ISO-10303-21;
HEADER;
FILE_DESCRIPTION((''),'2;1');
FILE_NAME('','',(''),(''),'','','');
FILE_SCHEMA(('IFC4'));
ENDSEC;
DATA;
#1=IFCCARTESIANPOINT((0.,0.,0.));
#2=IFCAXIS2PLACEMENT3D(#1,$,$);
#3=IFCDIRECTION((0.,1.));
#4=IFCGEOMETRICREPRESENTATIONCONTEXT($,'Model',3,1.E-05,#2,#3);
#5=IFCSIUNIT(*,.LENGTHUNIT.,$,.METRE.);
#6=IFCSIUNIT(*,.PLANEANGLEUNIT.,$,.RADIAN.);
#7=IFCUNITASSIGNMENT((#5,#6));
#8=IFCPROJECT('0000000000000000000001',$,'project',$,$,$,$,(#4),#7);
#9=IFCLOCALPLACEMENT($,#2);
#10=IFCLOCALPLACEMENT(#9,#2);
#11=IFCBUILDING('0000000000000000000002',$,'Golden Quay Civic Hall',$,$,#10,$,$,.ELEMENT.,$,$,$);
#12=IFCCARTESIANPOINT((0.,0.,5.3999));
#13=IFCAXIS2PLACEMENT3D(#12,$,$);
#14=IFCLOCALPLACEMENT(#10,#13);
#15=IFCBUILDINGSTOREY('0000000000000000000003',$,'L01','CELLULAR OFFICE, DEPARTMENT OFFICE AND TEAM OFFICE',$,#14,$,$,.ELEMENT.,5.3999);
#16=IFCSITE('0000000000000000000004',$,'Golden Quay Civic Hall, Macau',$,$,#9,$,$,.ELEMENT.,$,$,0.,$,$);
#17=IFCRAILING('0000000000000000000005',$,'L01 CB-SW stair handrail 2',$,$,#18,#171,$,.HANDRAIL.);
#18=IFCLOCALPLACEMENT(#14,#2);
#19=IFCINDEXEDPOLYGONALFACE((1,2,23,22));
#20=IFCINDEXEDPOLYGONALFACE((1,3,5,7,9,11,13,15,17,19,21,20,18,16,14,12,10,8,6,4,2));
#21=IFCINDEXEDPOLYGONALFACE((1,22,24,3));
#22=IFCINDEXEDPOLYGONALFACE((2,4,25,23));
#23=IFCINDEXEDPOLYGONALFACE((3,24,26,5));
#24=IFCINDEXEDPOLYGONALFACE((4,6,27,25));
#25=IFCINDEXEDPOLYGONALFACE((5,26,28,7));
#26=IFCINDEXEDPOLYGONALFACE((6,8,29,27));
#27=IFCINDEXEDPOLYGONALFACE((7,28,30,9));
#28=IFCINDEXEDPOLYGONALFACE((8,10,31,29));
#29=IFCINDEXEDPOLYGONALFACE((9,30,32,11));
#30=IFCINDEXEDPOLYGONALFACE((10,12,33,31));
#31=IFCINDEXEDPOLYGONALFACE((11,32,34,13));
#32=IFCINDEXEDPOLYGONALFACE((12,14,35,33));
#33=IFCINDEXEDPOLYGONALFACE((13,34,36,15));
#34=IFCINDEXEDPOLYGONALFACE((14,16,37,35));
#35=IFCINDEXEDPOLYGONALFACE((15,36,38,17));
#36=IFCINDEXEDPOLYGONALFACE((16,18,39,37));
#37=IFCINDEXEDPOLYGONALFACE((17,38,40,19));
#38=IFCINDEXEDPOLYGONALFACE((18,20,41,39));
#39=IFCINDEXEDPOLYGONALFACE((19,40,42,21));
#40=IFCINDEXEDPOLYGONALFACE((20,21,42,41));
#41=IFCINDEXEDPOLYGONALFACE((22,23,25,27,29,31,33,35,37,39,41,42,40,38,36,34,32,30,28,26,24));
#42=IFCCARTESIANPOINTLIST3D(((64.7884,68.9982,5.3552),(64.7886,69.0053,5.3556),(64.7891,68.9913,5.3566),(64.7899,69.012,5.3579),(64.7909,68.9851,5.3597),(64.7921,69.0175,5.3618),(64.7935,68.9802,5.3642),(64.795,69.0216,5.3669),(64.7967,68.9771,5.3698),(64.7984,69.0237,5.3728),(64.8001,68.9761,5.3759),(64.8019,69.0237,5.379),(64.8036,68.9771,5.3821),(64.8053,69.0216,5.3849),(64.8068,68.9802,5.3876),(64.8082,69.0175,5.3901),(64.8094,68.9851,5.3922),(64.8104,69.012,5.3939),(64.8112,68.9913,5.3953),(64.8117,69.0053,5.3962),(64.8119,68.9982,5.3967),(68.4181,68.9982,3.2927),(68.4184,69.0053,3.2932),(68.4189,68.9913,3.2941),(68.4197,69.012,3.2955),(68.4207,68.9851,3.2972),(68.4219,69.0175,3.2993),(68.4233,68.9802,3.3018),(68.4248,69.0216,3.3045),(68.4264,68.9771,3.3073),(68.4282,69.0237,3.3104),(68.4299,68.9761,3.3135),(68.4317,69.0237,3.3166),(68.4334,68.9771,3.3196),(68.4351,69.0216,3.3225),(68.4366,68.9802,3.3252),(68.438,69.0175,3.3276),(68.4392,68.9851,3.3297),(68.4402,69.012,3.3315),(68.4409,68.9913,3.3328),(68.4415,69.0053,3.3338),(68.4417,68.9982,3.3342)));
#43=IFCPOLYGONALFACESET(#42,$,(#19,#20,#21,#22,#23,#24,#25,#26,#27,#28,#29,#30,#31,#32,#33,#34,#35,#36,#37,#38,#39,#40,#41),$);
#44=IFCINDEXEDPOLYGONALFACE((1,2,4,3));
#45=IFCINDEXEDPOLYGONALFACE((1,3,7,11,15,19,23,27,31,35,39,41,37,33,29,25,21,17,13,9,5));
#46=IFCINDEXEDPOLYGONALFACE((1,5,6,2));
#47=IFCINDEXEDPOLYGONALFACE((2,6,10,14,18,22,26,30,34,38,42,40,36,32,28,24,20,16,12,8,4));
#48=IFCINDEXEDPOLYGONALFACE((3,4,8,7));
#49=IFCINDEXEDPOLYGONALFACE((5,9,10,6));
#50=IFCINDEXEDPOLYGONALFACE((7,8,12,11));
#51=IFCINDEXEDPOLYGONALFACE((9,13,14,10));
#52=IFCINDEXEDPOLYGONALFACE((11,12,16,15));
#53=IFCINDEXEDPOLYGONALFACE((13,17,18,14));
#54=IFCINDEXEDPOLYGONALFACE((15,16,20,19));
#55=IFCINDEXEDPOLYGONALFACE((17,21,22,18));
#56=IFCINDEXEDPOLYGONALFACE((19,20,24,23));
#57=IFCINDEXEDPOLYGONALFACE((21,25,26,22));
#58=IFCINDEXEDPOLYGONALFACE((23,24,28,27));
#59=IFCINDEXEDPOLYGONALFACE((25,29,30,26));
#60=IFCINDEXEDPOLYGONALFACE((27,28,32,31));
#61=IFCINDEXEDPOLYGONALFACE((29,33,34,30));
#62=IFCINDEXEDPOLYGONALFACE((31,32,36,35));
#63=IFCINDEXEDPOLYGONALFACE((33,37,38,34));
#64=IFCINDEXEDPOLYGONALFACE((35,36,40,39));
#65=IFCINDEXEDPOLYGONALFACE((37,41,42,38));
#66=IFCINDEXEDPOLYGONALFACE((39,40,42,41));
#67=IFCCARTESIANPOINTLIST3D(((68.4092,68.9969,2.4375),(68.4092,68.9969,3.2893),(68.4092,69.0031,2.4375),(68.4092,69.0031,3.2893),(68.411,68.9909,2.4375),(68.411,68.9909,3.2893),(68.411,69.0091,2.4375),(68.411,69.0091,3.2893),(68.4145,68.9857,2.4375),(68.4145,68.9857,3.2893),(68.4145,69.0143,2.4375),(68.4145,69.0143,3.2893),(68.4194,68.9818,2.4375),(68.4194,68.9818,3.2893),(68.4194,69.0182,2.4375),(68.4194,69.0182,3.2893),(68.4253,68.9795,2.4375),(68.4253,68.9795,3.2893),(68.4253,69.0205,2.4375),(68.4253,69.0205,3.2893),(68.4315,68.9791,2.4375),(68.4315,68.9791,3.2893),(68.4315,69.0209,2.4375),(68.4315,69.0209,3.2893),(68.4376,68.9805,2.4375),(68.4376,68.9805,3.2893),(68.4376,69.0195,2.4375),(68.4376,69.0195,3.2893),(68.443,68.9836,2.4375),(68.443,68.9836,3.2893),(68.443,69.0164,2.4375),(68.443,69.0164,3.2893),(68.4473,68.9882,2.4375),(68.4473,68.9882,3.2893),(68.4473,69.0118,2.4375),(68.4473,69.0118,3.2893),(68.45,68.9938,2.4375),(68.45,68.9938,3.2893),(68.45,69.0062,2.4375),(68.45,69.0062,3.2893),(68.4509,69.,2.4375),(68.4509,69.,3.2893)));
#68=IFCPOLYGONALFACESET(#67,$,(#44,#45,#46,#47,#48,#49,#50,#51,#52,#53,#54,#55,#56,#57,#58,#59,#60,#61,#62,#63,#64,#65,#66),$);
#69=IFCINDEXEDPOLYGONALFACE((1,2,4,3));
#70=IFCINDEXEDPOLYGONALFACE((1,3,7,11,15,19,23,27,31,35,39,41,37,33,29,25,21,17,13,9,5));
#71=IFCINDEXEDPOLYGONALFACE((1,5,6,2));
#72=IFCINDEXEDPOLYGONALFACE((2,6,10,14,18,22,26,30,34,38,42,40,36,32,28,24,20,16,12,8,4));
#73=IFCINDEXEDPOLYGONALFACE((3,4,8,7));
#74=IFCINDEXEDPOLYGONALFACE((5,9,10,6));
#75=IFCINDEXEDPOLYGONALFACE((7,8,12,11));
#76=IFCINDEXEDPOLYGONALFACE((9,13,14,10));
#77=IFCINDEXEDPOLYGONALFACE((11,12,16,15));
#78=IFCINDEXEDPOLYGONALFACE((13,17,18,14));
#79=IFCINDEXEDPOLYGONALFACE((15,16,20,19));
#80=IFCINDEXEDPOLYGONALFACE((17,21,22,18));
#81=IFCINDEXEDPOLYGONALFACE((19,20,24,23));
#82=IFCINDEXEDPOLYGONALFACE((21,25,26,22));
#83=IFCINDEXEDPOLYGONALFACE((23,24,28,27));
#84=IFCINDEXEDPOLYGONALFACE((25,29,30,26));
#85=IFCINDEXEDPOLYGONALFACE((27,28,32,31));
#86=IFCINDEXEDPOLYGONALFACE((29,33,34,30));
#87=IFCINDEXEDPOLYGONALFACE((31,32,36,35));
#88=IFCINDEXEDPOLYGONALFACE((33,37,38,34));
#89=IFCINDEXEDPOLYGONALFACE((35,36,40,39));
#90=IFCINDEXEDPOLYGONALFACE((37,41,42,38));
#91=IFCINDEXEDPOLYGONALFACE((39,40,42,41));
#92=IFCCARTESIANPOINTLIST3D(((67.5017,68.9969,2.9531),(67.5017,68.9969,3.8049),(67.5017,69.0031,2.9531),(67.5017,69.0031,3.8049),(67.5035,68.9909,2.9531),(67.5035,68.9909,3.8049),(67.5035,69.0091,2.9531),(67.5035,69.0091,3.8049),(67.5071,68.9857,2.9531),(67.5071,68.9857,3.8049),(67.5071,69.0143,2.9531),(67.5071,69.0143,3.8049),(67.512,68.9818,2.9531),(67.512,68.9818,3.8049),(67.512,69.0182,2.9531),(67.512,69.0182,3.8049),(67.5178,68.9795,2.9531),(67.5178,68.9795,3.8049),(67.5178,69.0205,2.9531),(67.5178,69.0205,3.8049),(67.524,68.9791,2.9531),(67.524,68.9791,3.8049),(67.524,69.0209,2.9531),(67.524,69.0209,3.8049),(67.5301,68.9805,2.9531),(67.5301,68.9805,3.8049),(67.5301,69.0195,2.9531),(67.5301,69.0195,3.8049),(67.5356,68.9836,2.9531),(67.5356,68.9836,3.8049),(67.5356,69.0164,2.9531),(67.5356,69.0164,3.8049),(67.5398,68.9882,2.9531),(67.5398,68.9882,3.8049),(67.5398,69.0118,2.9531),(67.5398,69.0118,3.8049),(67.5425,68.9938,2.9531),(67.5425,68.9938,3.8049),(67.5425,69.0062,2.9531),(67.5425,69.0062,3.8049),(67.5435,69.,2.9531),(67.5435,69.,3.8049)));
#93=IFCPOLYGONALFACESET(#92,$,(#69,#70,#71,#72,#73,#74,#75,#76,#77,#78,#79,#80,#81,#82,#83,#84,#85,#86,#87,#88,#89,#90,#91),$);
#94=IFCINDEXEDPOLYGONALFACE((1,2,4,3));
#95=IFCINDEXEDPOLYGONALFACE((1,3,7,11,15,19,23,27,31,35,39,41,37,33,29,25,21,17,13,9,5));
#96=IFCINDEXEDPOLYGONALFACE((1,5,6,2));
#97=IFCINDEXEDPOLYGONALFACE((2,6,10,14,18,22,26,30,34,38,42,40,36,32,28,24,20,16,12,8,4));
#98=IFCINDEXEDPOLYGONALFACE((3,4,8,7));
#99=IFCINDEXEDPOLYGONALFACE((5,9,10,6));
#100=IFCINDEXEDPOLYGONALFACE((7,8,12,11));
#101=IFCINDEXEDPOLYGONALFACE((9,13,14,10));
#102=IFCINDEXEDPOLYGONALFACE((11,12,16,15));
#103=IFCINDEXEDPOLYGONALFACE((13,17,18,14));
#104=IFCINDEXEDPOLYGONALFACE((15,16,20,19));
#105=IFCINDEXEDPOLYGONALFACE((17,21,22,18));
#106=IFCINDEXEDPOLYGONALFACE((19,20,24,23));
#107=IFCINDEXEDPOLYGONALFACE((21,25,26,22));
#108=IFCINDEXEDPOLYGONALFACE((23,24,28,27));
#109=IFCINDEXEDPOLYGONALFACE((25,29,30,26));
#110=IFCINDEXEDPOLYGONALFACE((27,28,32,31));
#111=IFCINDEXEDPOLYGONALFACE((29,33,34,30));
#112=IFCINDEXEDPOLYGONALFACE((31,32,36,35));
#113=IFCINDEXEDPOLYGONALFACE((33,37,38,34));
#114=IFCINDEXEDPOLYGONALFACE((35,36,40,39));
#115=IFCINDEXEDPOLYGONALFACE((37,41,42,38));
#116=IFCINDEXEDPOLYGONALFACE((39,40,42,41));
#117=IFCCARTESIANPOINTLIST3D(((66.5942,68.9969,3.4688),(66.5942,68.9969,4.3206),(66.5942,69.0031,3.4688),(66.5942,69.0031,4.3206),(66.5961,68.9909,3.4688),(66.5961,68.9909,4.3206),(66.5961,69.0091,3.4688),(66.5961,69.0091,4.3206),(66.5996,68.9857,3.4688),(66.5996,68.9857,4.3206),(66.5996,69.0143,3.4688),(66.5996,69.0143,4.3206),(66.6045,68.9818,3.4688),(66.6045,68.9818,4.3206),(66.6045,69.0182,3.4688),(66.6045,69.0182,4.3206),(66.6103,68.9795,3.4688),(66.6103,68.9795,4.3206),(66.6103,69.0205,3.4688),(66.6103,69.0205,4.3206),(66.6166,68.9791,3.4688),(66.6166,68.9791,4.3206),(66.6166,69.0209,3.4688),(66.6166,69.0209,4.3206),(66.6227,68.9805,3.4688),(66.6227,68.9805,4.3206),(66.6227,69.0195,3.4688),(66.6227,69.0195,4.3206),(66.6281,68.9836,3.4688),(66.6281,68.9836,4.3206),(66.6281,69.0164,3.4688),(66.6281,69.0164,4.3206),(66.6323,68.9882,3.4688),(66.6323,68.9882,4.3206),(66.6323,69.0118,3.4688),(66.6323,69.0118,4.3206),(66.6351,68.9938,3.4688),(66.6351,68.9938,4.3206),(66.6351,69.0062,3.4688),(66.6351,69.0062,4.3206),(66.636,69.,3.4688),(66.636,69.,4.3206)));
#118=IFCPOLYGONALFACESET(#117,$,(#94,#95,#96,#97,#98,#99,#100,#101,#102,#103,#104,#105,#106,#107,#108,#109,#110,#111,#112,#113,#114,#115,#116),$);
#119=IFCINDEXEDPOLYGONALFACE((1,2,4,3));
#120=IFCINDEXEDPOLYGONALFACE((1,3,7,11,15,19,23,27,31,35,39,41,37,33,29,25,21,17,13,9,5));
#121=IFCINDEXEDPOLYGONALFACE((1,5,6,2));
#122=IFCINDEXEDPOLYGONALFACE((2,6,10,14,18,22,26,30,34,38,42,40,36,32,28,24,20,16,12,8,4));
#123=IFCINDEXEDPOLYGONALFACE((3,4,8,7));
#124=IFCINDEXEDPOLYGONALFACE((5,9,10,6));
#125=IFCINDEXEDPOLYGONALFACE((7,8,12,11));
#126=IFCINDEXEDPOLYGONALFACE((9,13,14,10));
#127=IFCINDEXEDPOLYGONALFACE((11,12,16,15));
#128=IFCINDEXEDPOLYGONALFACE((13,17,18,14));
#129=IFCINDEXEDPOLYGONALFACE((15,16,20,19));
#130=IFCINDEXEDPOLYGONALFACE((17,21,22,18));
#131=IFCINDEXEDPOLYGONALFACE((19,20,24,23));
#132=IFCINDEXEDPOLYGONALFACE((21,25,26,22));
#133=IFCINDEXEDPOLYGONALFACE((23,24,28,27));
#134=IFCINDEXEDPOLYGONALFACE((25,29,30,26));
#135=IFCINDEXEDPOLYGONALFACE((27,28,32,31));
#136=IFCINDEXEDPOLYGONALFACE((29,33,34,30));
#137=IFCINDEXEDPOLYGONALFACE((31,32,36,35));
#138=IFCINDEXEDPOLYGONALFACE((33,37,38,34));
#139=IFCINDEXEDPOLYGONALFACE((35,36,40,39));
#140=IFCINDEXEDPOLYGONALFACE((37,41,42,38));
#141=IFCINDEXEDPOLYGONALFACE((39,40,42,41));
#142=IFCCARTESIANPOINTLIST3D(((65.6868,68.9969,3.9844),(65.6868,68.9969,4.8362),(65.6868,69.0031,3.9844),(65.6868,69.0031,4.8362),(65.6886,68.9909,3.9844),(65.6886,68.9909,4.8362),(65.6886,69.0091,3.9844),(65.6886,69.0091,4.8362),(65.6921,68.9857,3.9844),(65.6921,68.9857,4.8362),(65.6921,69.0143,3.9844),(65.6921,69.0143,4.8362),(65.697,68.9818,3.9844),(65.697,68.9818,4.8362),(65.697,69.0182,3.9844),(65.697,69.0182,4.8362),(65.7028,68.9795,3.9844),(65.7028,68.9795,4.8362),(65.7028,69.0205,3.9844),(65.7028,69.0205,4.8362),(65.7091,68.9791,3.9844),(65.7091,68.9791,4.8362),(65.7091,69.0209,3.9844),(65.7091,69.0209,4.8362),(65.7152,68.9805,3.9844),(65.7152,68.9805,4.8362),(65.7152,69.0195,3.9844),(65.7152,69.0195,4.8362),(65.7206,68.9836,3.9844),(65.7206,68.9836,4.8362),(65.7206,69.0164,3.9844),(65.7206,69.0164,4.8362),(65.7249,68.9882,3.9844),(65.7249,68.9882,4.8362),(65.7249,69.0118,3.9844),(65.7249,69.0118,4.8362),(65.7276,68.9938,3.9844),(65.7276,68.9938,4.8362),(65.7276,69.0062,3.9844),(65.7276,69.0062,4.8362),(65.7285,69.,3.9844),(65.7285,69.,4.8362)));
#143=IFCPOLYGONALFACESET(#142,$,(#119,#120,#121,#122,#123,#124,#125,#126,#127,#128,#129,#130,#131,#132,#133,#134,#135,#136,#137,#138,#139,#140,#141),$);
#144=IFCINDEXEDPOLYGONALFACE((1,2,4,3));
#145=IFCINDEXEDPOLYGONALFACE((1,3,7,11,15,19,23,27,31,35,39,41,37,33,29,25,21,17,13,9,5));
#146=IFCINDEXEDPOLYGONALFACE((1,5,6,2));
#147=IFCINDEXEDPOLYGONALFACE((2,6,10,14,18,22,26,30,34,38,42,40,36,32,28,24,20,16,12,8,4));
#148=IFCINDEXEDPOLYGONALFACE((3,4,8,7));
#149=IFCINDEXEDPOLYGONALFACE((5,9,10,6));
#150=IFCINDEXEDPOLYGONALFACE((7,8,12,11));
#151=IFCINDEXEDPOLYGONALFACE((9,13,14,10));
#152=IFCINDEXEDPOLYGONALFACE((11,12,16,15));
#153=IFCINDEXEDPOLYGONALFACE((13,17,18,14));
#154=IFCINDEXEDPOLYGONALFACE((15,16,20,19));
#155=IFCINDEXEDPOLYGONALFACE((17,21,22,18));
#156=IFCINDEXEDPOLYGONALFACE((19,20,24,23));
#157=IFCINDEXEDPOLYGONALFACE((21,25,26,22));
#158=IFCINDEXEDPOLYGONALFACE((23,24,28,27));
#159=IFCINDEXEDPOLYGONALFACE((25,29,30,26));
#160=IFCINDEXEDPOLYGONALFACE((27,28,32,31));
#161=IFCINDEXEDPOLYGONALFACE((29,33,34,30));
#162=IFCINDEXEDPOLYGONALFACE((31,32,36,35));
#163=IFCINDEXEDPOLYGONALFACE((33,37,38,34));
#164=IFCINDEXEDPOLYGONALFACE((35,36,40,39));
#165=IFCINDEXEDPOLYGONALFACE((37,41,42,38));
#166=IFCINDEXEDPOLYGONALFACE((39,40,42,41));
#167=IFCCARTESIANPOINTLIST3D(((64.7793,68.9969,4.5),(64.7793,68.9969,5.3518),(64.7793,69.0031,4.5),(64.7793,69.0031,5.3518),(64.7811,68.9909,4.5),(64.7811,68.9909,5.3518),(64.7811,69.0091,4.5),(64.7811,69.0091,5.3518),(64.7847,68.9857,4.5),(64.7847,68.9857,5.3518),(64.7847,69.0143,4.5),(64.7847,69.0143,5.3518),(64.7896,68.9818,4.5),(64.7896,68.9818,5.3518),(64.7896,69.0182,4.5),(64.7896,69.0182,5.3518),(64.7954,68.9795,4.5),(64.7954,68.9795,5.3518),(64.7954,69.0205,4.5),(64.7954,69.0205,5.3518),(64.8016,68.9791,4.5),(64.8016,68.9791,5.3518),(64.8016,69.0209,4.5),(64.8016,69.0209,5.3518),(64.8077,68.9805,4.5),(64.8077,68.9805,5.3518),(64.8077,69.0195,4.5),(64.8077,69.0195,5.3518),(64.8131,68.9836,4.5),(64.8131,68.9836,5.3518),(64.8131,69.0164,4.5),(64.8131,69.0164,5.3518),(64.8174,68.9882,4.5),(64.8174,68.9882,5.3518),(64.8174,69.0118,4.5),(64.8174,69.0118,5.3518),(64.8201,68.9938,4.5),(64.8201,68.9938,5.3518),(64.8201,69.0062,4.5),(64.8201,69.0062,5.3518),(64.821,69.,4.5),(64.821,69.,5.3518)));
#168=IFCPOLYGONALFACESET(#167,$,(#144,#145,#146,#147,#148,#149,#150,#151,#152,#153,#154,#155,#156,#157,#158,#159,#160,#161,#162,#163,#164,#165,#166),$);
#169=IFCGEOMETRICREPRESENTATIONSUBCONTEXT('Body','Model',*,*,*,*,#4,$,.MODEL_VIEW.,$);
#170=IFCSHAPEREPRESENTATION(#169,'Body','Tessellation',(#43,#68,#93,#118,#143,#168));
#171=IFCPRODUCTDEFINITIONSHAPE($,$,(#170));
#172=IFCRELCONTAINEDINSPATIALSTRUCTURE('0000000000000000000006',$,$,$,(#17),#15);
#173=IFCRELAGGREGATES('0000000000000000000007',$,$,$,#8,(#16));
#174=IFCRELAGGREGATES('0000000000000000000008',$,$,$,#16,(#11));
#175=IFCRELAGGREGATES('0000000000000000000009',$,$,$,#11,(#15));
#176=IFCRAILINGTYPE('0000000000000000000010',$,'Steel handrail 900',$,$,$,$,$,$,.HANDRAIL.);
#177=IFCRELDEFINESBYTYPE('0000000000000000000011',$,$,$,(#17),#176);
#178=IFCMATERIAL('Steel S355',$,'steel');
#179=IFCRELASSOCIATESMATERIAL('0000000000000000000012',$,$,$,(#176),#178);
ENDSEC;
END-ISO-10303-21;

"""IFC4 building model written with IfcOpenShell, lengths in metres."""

from ifc_helpers import new_model, si_unit, direction, frame, origin, origin_2d, place, context, subcontext, project, spatial, circle, extrude, material, type_object, element, save


model = new_model("IFC4")

# Units and contexts
model_context = context("Model", 3, precision=1e-05, world=origin(), true_north=direction((0.0, 1.0)))
body_context = subcontext(model_context, "Body", "Model", "MODEL_VIEW")
ifc_project = project(units=[si_unit("LENGTHUNIT", "METRE"), si_unit("PLANEANGLEUNIT", "RADIAN")], contexts=[model_context])

# Site, building, storey
site_placement = place(None, origin())
site = spatial("IfcSite", under=ifc_project, at=site_placement, Name="Golden Quay Civic Hall, Macau", CompositionType="ELEMENT", RefElevation=0.0)
building_placement = place(site_placement, origin())
building = spatial("IfcBuilding", under=site, at=building_placement, Name="Golden Quay Civic Hall", CompositionType="ELEMENT")
storey_placement = place(building_placement, frame((0.0, 0.0, 5.3999)))
storey = spatial("IfcBuildingStorey", under=building, at=storey_placement, Name="L01", Description="CELLULAR OFFICE, DEPARTMENT OFFICE AND TEAM OFFICE", CompositionType="ELEMENT", Elevation=5.3999)

# Railing
ifc_material_1 = material(Name="Steel S355", Category="steel")
railing_type_1 = type_object("IfcRailingType", Name="Steel handrail 900", PredefinedType="HANDRAIL", material=ifc_material_1)
railing_1_placement = place(storey_placement, frame((68.4299, 69.0, 2.4375)))
element("IfcRailing", 1, at=railing_1_placement, inside=storey, type_object=railing_type_1, Name="L01 CB-SW stair handrail 2", PredefinedType="HANDRAIL", context=body_context, shape_type="SweptSolid", body=[
    extrude(circle(Radius=0.0239, at=origin_2d()), frame((0.0, 0.0, 0.876), z_axis=(-0.86945, 0.0, 0.494021), x_axis=(0.0, -1.0, 0.0)), (0.0, 0.0, 1.0), 4.1748),
    extrude(circle(Radius=0.021, at=origin_2d()), origin(), (0.0, 0.0, 1.0), 0.8518),
    extrude(circle(Radius=0.021, at=origin_2d()), frame((-0.9075, 0.0, 0.5156)), (0.0, 0.0, 1.0), 0.8518),
    extrude(circle(Radius=0.021, at=origin_2d()), frame((-1.8149, 0.0, 1.0312)), (0.0, 0.0, 1.0), 0.8518),
    extrude(circle(Radius=0.021, at=origin_2d()), frame((-2.7224, 0.0, 1.5469)), (0.0, 0.0, 1.0), 0.8518),
    extrude(circle(Radius=0.021, at=origin_2d()), frame((-3.6299, 0.0, 2.0625)), (0.0, 0.0, 1.0), 0.8518),
])

save(model, "model.ifc")
